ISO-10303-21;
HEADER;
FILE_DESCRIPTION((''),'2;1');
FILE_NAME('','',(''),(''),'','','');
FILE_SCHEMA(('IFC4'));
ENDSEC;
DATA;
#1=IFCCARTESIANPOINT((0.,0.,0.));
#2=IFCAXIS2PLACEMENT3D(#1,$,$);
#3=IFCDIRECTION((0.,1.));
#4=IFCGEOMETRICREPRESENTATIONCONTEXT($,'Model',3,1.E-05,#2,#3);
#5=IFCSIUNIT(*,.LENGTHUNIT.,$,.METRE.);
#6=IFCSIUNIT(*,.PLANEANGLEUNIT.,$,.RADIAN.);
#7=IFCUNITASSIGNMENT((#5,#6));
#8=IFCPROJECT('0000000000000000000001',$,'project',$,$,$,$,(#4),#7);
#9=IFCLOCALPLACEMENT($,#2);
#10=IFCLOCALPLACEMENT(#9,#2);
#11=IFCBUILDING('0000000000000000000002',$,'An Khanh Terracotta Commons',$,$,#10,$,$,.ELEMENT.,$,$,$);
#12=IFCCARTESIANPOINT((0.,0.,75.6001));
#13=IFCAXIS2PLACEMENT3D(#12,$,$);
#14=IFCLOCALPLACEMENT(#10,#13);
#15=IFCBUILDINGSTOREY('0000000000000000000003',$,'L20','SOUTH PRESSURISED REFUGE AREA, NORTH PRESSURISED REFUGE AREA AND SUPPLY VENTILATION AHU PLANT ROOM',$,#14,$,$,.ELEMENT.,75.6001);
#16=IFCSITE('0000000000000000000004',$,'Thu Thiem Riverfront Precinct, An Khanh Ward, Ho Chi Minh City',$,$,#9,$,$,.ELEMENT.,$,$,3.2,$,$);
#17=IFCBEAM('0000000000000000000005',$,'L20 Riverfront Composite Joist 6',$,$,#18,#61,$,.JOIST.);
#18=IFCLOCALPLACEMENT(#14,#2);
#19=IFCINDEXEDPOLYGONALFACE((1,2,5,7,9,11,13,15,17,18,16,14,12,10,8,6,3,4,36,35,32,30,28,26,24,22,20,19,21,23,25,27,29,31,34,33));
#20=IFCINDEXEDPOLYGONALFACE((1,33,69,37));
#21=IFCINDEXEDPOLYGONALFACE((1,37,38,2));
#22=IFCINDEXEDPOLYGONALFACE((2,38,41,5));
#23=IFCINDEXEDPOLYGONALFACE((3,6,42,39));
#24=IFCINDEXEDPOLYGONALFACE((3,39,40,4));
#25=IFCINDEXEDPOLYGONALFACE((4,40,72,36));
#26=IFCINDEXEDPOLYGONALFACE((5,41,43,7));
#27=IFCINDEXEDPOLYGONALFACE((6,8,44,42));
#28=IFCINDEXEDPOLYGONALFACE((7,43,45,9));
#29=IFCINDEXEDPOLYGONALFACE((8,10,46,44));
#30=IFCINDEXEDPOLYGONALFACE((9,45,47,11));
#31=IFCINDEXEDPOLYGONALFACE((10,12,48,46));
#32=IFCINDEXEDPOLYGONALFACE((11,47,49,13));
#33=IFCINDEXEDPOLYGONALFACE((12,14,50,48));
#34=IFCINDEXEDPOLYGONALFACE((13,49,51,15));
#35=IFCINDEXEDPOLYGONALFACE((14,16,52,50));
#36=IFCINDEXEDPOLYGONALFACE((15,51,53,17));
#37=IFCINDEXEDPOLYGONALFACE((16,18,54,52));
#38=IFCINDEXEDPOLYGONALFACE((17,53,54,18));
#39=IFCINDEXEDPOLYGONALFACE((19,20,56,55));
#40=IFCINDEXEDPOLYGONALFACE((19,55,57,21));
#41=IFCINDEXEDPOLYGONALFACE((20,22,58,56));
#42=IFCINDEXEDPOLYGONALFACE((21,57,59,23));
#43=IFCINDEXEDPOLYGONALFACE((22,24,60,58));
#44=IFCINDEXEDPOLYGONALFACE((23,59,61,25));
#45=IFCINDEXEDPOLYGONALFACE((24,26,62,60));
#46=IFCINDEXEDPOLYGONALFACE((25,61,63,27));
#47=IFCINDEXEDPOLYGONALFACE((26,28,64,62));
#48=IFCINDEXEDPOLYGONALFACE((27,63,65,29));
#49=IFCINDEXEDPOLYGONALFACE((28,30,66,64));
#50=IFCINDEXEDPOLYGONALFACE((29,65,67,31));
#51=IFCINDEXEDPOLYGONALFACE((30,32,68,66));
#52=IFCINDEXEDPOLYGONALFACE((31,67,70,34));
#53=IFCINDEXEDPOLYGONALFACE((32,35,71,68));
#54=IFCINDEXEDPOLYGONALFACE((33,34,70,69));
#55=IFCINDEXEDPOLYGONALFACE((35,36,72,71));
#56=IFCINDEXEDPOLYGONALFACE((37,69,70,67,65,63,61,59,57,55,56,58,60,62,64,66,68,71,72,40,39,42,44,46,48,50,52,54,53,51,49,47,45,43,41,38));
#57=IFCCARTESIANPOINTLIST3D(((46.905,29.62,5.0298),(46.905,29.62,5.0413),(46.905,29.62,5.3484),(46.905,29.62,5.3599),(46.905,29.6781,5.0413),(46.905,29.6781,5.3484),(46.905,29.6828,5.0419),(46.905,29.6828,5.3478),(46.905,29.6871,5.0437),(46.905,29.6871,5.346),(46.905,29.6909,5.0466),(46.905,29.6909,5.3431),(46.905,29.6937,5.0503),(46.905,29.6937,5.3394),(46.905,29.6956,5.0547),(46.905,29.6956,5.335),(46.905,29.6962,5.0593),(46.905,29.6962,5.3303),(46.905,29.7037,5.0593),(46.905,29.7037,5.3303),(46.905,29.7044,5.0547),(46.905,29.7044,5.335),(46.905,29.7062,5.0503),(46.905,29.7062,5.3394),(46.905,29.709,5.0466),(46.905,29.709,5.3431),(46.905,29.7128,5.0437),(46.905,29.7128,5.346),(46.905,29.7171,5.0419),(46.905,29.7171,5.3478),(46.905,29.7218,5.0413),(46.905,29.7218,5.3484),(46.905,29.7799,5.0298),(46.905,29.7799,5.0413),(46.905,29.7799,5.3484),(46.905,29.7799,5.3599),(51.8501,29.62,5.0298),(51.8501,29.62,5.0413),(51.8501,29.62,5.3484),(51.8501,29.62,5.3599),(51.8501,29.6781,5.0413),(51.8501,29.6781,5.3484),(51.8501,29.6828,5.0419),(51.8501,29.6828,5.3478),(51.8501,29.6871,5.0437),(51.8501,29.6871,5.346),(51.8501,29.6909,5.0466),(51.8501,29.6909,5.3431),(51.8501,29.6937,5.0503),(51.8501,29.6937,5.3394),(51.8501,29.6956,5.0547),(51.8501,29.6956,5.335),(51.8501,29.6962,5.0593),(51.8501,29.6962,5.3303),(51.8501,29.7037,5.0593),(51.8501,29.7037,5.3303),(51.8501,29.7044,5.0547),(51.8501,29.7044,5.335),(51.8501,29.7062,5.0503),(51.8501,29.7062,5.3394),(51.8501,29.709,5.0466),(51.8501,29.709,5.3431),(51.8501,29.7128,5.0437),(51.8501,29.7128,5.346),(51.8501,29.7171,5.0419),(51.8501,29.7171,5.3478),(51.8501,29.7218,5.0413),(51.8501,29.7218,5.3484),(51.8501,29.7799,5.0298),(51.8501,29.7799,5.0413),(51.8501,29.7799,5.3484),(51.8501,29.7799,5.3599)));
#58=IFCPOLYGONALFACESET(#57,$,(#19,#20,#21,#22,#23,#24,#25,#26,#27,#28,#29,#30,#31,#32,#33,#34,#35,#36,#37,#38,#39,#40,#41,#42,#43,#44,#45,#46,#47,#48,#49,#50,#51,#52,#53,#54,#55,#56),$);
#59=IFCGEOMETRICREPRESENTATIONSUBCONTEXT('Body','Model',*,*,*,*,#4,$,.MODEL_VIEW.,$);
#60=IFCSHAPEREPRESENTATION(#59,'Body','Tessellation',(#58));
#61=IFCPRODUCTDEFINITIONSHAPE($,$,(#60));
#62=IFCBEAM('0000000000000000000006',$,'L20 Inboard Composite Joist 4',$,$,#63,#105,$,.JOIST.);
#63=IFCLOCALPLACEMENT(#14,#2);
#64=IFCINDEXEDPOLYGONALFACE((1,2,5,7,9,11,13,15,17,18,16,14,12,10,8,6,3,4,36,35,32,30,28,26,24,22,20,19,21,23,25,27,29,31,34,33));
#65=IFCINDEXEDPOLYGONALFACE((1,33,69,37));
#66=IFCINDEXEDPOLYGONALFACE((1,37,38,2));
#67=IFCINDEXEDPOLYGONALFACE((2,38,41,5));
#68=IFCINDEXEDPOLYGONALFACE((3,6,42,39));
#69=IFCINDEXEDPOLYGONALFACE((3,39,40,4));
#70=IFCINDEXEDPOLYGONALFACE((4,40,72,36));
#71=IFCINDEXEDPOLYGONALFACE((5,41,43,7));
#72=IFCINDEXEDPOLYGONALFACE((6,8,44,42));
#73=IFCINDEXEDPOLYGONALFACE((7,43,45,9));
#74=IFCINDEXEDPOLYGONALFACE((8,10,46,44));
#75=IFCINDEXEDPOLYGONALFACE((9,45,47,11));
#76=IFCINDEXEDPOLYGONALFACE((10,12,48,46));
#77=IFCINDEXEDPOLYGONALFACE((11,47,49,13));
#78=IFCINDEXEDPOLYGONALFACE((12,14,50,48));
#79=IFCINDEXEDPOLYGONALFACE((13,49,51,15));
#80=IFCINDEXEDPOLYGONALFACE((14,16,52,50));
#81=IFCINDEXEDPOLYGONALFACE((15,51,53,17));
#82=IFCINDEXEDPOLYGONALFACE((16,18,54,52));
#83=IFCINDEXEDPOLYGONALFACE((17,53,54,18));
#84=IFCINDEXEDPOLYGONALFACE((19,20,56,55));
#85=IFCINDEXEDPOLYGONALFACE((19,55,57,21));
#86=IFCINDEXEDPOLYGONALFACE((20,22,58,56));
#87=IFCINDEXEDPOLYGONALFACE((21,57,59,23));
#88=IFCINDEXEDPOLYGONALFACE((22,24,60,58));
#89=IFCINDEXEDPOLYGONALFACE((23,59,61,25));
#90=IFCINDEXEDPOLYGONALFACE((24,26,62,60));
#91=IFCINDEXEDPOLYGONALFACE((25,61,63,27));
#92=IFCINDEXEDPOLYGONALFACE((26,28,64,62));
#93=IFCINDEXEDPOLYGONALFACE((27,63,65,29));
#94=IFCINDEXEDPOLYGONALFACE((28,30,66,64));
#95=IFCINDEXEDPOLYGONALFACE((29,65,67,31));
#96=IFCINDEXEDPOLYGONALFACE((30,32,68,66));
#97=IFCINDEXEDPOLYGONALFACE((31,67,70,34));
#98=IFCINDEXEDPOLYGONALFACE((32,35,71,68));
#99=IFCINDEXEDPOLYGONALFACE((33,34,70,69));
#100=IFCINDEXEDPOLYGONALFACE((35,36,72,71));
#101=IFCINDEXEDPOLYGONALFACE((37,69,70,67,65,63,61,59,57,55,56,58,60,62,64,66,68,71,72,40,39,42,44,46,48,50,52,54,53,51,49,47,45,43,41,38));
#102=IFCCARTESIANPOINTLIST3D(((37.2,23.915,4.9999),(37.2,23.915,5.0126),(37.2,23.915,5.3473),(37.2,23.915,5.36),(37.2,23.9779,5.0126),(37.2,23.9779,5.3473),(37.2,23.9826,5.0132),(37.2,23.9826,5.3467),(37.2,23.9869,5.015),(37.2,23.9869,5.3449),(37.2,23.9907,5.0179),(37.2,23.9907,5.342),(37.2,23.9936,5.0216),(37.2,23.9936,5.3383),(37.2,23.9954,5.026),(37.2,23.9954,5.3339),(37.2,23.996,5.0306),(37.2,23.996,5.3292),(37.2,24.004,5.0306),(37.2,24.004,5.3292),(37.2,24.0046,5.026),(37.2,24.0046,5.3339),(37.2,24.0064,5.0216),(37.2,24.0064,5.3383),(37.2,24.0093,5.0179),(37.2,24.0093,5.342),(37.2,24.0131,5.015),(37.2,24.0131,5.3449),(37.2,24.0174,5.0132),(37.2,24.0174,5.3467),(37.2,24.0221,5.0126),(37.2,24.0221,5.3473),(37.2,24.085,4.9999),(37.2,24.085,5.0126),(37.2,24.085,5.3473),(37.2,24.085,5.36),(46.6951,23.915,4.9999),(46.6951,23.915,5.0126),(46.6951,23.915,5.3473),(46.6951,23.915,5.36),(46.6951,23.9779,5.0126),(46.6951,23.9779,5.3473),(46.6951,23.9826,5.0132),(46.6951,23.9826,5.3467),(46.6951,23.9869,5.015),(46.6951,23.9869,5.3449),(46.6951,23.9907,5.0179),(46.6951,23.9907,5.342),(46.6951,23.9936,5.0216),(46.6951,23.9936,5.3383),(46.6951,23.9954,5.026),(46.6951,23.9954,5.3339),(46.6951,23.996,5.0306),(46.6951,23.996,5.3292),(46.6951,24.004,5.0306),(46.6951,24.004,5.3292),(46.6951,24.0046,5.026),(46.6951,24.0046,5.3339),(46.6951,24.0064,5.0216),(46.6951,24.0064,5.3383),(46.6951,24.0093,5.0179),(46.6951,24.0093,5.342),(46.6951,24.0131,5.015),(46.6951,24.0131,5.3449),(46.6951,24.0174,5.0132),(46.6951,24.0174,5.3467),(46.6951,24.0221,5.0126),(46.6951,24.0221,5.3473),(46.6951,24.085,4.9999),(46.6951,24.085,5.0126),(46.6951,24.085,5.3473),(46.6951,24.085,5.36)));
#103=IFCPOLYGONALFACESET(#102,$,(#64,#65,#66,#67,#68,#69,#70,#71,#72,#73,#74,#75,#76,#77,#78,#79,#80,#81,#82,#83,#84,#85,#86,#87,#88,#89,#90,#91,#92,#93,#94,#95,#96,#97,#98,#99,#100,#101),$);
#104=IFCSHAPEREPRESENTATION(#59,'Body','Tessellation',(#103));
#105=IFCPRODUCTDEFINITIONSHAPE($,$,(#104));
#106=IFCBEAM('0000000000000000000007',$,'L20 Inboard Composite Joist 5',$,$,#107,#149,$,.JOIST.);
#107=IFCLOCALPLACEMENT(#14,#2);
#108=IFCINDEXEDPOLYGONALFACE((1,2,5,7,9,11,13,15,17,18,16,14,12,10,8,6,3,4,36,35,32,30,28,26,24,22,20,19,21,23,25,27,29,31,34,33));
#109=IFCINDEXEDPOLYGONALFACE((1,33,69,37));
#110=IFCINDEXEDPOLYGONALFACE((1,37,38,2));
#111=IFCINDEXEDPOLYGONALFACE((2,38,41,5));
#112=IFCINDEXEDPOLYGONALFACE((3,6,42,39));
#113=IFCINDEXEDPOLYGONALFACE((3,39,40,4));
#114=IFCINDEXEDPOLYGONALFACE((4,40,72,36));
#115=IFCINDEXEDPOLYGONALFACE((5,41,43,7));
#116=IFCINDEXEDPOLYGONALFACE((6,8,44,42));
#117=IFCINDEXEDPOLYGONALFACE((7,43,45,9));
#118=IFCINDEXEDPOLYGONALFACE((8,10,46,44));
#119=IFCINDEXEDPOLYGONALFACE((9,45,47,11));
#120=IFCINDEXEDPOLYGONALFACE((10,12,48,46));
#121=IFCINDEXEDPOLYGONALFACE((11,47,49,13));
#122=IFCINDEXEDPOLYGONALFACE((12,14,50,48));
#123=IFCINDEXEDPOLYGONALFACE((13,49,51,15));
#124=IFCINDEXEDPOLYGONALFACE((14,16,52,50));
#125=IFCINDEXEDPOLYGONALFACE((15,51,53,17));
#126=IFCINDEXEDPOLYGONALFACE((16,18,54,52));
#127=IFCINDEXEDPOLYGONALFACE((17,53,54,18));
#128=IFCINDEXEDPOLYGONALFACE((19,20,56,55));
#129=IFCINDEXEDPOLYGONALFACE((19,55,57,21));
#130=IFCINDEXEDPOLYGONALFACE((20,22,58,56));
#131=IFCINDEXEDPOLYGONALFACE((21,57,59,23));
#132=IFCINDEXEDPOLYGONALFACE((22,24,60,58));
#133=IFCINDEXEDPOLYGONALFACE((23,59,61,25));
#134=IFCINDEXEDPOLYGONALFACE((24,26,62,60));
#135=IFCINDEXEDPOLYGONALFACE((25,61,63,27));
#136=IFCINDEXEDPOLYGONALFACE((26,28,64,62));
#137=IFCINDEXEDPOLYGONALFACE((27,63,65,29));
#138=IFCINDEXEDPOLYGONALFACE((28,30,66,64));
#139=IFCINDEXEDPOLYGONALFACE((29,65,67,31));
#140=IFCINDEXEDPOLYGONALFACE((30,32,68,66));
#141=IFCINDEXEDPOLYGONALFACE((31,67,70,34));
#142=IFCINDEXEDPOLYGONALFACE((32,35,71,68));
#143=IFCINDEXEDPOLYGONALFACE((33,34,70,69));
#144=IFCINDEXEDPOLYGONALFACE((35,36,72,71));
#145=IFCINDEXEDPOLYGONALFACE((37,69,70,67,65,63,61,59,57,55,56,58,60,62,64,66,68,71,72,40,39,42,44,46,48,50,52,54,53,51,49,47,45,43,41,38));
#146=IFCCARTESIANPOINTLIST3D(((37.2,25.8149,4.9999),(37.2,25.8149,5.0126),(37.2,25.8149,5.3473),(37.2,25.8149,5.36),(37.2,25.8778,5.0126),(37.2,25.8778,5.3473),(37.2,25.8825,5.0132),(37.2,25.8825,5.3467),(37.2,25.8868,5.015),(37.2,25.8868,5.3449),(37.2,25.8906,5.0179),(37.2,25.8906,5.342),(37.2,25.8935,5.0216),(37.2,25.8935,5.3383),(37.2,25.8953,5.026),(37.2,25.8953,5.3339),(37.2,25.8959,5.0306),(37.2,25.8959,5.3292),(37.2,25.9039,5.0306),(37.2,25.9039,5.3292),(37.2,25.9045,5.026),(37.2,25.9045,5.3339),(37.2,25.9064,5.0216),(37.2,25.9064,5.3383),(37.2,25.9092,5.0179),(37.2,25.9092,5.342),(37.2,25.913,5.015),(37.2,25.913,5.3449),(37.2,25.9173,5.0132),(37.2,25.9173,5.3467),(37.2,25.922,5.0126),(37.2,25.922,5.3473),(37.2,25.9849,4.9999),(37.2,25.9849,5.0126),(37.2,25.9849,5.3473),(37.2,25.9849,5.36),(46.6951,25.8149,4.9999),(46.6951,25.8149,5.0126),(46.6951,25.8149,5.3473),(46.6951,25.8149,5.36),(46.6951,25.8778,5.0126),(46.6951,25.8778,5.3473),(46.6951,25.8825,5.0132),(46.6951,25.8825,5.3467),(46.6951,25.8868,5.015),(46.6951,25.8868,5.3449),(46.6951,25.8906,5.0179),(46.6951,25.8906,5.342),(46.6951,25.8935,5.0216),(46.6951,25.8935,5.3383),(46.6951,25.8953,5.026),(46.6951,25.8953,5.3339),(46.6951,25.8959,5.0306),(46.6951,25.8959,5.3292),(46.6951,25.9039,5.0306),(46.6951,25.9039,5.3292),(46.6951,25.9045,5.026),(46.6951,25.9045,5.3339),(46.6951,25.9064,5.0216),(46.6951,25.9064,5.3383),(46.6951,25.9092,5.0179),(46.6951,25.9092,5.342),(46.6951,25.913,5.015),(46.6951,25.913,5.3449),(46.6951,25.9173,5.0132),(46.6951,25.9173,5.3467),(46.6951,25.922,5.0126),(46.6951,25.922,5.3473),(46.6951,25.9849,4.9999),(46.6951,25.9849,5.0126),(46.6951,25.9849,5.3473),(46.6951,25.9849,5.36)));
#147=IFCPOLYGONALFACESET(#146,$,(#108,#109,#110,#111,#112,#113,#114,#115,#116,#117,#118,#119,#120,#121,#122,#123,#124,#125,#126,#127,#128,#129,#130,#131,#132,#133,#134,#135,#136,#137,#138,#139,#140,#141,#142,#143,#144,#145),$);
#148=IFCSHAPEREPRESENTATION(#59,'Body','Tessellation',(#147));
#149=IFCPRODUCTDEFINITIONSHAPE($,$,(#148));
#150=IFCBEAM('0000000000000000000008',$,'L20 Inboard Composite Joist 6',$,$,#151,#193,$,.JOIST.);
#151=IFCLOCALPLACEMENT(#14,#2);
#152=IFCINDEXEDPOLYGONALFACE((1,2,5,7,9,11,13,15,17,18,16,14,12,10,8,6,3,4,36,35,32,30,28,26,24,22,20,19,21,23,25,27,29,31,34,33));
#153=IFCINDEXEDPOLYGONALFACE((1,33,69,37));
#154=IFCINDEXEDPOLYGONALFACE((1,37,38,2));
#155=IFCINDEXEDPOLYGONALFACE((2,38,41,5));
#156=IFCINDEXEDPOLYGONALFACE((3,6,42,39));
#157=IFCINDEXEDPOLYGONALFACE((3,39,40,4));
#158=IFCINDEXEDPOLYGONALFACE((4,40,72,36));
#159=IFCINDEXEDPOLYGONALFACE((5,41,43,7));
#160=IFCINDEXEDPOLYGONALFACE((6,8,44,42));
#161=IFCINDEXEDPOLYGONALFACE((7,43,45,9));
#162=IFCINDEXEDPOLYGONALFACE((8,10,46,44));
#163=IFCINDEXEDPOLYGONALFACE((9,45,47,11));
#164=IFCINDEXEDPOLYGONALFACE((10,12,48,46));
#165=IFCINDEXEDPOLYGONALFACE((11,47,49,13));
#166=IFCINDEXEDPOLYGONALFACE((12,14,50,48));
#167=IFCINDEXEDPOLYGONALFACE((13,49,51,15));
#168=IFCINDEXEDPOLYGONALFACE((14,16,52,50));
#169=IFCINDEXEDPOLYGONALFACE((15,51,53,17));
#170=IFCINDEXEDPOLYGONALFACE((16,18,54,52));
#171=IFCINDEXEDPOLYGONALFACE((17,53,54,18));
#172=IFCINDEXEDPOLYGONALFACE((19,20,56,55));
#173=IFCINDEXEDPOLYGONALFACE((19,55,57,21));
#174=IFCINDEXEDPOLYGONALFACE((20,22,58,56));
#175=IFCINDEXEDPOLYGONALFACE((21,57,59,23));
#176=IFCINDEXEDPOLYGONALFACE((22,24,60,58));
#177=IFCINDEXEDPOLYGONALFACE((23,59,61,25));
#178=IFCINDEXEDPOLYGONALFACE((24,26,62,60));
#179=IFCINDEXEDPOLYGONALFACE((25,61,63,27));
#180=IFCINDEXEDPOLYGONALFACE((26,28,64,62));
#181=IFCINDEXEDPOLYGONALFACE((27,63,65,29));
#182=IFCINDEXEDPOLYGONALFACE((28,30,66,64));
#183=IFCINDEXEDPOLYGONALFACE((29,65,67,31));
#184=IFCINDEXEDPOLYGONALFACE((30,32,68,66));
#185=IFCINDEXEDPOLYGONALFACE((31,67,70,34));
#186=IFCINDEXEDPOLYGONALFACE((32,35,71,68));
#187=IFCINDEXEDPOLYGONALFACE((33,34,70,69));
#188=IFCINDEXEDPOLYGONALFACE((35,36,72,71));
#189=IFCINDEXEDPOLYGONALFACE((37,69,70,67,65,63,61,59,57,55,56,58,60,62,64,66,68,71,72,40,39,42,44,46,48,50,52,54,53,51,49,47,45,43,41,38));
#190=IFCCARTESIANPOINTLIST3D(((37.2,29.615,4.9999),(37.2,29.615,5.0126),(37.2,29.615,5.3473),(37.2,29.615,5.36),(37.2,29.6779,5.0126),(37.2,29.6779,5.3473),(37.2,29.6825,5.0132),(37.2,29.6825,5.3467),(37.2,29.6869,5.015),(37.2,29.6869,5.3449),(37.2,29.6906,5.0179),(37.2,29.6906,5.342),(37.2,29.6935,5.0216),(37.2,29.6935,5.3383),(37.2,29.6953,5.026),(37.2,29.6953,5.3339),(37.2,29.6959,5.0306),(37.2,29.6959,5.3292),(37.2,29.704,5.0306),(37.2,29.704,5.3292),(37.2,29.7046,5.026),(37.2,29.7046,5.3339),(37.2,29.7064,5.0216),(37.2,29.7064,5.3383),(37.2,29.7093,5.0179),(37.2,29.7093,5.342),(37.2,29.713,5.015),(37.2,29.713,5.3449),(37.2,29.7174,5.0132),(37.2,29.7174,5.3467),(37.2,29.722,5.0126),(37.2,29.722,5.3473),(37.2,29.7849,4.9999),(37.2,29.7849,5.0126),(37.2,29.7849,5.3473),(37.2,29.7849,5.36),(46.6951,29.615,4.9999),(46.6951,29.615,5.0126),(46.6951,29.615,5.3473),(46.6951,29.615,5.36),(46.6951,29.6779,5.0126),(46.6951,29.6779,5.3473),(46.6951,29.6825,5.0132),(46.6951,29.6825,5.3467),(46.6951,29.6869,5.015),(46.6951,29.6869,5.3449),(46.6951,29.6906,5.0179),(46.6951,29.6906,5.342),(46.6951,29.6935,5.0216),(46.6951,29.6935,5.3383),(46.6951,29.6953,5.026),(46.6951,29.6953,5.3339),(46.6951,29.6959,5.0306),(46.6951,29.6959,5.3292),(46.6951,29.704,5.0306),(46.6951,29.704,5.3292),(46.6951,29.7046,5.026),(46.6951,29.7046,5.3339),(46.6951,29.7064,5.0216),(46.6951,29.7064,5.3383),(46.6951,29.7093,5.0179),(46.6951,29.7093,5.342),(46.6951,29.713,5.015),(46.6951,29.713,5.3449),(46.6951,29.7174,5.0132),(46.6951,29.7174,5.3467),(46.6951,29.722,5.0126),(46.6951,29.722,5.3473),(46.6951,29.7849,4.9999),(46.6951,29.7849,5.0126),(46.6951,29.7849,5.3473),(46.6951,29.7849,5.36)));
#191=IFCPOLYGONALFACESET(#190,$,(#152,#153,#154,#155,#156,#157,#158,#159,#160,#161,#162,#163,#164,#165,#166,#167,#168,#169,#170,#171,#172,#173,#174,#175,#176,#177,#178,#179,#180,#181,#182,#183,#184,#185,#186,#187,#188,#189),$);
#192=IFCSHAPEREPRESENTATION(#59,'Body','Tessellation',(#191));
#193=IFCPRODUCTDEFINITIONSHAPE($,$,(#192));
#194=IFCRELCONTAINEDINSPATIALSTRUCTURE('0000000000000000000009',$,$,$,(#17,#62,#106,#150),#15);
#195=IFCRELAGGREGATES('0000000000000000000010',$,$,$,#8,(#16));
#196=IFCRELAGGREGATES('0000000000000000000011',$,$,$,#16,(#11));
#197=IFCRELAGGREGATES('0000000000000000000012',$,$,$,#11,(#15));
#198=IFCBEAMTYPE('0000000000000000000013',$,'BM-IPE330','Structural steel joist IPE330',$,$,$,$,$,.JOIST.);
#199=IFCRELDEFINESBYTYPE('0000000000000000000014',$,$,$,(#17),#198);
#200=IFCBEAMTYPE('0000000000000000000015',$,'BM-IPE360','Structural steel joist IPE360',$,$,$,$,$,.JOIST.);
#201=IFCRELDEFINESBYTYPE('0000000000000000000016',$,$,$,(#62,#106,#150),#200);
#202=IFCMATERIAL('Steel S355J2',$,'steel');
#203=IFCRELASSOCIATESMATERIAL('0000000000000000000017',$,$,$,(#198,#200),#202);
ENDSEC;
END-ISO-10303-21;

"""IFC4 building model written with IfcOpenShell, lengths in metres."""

from ifc_helpers import new_model, si_unit, direction, frame, origin, origin_2d, place, context, subcontext, project, spatial, i_section, extrude, material, material_profile, profile_set, type_object, element, save


model = new_model("IFC4")

# Units and contexts
model_context = context("Model", 3, precision=1e-05, world=origin(), true_north=direction((0.0, 1.0)))
body_context = subcontext(model_context, "Body", "Model", "MODEL_VIEW")
ifc_project = project(units=[si_unit("LENGTHUNIT", "METRE"), si_unit("PLANEANGLEUNIT", "RADIAN")], contexts=[model_context])

# Site, building, storey
site_placement = place(None, origin())
site = spatial("IfcSite", under=ifc_project, at=site_placement, Name="Thu Thiem Riverfront Precinct, An Khanh Ward, Ho Chi Minh City", CompositionType="ELEMENT", RefElevation=3.2)
building_placement = place(site_placement, origin())
building = spatial("IfcBuilding", under=site, at=building_placement, Name="An Khanh Terracotta Commons", CompositionType="ELEMENT")
storey_placement = place(building_placement, frame((0.0, 0.0, 75.6001)))
storey = spatial("IfcBuildingStorey", under=building, at=storey_placement, Name="L20", Description="SOUTH PRESSURISED REFUGE AREA, NORTH PRESSURISED REFUGE AREA AND SUPPLY VENTILATION AHU PLANT ROOM", CompositionType="ELEMENT", Elevation=75.6001)

# Beams
ifc_material_1 = material(Name="Steel S355J2", Category="steel")
ifc_material_profile_1 = material_profile(ifc_material_1, i_section(OverallWidth=0.1599, OverallDepth=0.3301, WebThickness=0.0076, FlangeThickness=0.0115, FilletRadius=0.0181, at=origin_2d()), Name="IPE330")
ifc_profile_set_1 = profile_set([ifc_material_profile_1], Name="Steel S355J2")
beam_type_1 = type_object("IfcBeamType", Name="BM-IPE330", Description="Structural steel joist IPE330", PredefinedType="JOIST", material=ifc_profile_set_1)
for number, where, z_axis, x_axis, name in (
    (1, (46.905, 29.7, 5.1948), (1.0, 0.0, 0.0), (0.0, 1.0, 0.0), "L20 Riverfront Composite Joist 6"),
):
    element("IfcBeam", number, at=place(storey_placement, frame(where, z_axis=z_axis, x_axis=x_axis)), inside=storey, type_object=beam_type_1, Name=name, PredefinedType="JOIST", context=body_context, shape_type="SweptSolid", body=[
        extrude(i_section(OverallWidth=0.1599, OverallDepth=0.3301, WebThickness=0.0076, FlangeThickness=0.0115, FilletRadius=0.0181, at=origin_2d()), origin(), (0.0, 0.0, 1.0), 4.9451),
    ])
ifc_material_profile_2 = material_profile(ifc_material_1, i_section(OverallWidth=0.1699, OverallDepth=0.3601, WebThickness=0.0081, FlangeThickness=0.0127, FilletRadius=0.0181, at=origin_2d()), Name="IPE360")
ifc_profile_set_2 = profile_set([ifc_material_profile_2], Name="Steel S355J2")
beam_type_2 = type_object("IfcBeamType", Name="BM-IPE360", Description="Structural steel joist IPE360", PredefinedType="JOIST", material=ifc_profile_set_2)
for number, where, z_axis, x_axis, name in (
    (2, (37.2, 24.0, 5.1799), (1.0, 0.0, 0.0), (0.0, 1.0, 0.0), "L20 Inboard Composite Joist 4"),
    (3, (37.2, 25.8999, 5.1799), (1.0, 0.0, 0.0), (0.0, 1.0, 0.0), "L20 Inboard Composite Joist 5"),
    (4, (37.2, 29.7, 5.1799), (1.0, 0.0, 0.0), (0.0, 1.0, 0.0), "L20 Inboard Composite Joist 6"),
):
    element("IfcBeam", number, at=place(storey_placement, frame(where, z_axis=z_axis, x_axis=x_axis)), inside=storey, type_object=beam_type_2, Name=name, PredefinedType="JOIST", context=body_context, shape_type="SweptSolid", body=[
        extrude(i_section(OverallWidth=0.1699, OverallDepth=0.3601, WebThickness=0.0081, FlangeThickness=0.0127, FilletRadius=0.0181, at=origin_2d()), origin(), (0.0, 0.0, 1.0), 9.4951),
    ])

save(model, "model.ifc")
